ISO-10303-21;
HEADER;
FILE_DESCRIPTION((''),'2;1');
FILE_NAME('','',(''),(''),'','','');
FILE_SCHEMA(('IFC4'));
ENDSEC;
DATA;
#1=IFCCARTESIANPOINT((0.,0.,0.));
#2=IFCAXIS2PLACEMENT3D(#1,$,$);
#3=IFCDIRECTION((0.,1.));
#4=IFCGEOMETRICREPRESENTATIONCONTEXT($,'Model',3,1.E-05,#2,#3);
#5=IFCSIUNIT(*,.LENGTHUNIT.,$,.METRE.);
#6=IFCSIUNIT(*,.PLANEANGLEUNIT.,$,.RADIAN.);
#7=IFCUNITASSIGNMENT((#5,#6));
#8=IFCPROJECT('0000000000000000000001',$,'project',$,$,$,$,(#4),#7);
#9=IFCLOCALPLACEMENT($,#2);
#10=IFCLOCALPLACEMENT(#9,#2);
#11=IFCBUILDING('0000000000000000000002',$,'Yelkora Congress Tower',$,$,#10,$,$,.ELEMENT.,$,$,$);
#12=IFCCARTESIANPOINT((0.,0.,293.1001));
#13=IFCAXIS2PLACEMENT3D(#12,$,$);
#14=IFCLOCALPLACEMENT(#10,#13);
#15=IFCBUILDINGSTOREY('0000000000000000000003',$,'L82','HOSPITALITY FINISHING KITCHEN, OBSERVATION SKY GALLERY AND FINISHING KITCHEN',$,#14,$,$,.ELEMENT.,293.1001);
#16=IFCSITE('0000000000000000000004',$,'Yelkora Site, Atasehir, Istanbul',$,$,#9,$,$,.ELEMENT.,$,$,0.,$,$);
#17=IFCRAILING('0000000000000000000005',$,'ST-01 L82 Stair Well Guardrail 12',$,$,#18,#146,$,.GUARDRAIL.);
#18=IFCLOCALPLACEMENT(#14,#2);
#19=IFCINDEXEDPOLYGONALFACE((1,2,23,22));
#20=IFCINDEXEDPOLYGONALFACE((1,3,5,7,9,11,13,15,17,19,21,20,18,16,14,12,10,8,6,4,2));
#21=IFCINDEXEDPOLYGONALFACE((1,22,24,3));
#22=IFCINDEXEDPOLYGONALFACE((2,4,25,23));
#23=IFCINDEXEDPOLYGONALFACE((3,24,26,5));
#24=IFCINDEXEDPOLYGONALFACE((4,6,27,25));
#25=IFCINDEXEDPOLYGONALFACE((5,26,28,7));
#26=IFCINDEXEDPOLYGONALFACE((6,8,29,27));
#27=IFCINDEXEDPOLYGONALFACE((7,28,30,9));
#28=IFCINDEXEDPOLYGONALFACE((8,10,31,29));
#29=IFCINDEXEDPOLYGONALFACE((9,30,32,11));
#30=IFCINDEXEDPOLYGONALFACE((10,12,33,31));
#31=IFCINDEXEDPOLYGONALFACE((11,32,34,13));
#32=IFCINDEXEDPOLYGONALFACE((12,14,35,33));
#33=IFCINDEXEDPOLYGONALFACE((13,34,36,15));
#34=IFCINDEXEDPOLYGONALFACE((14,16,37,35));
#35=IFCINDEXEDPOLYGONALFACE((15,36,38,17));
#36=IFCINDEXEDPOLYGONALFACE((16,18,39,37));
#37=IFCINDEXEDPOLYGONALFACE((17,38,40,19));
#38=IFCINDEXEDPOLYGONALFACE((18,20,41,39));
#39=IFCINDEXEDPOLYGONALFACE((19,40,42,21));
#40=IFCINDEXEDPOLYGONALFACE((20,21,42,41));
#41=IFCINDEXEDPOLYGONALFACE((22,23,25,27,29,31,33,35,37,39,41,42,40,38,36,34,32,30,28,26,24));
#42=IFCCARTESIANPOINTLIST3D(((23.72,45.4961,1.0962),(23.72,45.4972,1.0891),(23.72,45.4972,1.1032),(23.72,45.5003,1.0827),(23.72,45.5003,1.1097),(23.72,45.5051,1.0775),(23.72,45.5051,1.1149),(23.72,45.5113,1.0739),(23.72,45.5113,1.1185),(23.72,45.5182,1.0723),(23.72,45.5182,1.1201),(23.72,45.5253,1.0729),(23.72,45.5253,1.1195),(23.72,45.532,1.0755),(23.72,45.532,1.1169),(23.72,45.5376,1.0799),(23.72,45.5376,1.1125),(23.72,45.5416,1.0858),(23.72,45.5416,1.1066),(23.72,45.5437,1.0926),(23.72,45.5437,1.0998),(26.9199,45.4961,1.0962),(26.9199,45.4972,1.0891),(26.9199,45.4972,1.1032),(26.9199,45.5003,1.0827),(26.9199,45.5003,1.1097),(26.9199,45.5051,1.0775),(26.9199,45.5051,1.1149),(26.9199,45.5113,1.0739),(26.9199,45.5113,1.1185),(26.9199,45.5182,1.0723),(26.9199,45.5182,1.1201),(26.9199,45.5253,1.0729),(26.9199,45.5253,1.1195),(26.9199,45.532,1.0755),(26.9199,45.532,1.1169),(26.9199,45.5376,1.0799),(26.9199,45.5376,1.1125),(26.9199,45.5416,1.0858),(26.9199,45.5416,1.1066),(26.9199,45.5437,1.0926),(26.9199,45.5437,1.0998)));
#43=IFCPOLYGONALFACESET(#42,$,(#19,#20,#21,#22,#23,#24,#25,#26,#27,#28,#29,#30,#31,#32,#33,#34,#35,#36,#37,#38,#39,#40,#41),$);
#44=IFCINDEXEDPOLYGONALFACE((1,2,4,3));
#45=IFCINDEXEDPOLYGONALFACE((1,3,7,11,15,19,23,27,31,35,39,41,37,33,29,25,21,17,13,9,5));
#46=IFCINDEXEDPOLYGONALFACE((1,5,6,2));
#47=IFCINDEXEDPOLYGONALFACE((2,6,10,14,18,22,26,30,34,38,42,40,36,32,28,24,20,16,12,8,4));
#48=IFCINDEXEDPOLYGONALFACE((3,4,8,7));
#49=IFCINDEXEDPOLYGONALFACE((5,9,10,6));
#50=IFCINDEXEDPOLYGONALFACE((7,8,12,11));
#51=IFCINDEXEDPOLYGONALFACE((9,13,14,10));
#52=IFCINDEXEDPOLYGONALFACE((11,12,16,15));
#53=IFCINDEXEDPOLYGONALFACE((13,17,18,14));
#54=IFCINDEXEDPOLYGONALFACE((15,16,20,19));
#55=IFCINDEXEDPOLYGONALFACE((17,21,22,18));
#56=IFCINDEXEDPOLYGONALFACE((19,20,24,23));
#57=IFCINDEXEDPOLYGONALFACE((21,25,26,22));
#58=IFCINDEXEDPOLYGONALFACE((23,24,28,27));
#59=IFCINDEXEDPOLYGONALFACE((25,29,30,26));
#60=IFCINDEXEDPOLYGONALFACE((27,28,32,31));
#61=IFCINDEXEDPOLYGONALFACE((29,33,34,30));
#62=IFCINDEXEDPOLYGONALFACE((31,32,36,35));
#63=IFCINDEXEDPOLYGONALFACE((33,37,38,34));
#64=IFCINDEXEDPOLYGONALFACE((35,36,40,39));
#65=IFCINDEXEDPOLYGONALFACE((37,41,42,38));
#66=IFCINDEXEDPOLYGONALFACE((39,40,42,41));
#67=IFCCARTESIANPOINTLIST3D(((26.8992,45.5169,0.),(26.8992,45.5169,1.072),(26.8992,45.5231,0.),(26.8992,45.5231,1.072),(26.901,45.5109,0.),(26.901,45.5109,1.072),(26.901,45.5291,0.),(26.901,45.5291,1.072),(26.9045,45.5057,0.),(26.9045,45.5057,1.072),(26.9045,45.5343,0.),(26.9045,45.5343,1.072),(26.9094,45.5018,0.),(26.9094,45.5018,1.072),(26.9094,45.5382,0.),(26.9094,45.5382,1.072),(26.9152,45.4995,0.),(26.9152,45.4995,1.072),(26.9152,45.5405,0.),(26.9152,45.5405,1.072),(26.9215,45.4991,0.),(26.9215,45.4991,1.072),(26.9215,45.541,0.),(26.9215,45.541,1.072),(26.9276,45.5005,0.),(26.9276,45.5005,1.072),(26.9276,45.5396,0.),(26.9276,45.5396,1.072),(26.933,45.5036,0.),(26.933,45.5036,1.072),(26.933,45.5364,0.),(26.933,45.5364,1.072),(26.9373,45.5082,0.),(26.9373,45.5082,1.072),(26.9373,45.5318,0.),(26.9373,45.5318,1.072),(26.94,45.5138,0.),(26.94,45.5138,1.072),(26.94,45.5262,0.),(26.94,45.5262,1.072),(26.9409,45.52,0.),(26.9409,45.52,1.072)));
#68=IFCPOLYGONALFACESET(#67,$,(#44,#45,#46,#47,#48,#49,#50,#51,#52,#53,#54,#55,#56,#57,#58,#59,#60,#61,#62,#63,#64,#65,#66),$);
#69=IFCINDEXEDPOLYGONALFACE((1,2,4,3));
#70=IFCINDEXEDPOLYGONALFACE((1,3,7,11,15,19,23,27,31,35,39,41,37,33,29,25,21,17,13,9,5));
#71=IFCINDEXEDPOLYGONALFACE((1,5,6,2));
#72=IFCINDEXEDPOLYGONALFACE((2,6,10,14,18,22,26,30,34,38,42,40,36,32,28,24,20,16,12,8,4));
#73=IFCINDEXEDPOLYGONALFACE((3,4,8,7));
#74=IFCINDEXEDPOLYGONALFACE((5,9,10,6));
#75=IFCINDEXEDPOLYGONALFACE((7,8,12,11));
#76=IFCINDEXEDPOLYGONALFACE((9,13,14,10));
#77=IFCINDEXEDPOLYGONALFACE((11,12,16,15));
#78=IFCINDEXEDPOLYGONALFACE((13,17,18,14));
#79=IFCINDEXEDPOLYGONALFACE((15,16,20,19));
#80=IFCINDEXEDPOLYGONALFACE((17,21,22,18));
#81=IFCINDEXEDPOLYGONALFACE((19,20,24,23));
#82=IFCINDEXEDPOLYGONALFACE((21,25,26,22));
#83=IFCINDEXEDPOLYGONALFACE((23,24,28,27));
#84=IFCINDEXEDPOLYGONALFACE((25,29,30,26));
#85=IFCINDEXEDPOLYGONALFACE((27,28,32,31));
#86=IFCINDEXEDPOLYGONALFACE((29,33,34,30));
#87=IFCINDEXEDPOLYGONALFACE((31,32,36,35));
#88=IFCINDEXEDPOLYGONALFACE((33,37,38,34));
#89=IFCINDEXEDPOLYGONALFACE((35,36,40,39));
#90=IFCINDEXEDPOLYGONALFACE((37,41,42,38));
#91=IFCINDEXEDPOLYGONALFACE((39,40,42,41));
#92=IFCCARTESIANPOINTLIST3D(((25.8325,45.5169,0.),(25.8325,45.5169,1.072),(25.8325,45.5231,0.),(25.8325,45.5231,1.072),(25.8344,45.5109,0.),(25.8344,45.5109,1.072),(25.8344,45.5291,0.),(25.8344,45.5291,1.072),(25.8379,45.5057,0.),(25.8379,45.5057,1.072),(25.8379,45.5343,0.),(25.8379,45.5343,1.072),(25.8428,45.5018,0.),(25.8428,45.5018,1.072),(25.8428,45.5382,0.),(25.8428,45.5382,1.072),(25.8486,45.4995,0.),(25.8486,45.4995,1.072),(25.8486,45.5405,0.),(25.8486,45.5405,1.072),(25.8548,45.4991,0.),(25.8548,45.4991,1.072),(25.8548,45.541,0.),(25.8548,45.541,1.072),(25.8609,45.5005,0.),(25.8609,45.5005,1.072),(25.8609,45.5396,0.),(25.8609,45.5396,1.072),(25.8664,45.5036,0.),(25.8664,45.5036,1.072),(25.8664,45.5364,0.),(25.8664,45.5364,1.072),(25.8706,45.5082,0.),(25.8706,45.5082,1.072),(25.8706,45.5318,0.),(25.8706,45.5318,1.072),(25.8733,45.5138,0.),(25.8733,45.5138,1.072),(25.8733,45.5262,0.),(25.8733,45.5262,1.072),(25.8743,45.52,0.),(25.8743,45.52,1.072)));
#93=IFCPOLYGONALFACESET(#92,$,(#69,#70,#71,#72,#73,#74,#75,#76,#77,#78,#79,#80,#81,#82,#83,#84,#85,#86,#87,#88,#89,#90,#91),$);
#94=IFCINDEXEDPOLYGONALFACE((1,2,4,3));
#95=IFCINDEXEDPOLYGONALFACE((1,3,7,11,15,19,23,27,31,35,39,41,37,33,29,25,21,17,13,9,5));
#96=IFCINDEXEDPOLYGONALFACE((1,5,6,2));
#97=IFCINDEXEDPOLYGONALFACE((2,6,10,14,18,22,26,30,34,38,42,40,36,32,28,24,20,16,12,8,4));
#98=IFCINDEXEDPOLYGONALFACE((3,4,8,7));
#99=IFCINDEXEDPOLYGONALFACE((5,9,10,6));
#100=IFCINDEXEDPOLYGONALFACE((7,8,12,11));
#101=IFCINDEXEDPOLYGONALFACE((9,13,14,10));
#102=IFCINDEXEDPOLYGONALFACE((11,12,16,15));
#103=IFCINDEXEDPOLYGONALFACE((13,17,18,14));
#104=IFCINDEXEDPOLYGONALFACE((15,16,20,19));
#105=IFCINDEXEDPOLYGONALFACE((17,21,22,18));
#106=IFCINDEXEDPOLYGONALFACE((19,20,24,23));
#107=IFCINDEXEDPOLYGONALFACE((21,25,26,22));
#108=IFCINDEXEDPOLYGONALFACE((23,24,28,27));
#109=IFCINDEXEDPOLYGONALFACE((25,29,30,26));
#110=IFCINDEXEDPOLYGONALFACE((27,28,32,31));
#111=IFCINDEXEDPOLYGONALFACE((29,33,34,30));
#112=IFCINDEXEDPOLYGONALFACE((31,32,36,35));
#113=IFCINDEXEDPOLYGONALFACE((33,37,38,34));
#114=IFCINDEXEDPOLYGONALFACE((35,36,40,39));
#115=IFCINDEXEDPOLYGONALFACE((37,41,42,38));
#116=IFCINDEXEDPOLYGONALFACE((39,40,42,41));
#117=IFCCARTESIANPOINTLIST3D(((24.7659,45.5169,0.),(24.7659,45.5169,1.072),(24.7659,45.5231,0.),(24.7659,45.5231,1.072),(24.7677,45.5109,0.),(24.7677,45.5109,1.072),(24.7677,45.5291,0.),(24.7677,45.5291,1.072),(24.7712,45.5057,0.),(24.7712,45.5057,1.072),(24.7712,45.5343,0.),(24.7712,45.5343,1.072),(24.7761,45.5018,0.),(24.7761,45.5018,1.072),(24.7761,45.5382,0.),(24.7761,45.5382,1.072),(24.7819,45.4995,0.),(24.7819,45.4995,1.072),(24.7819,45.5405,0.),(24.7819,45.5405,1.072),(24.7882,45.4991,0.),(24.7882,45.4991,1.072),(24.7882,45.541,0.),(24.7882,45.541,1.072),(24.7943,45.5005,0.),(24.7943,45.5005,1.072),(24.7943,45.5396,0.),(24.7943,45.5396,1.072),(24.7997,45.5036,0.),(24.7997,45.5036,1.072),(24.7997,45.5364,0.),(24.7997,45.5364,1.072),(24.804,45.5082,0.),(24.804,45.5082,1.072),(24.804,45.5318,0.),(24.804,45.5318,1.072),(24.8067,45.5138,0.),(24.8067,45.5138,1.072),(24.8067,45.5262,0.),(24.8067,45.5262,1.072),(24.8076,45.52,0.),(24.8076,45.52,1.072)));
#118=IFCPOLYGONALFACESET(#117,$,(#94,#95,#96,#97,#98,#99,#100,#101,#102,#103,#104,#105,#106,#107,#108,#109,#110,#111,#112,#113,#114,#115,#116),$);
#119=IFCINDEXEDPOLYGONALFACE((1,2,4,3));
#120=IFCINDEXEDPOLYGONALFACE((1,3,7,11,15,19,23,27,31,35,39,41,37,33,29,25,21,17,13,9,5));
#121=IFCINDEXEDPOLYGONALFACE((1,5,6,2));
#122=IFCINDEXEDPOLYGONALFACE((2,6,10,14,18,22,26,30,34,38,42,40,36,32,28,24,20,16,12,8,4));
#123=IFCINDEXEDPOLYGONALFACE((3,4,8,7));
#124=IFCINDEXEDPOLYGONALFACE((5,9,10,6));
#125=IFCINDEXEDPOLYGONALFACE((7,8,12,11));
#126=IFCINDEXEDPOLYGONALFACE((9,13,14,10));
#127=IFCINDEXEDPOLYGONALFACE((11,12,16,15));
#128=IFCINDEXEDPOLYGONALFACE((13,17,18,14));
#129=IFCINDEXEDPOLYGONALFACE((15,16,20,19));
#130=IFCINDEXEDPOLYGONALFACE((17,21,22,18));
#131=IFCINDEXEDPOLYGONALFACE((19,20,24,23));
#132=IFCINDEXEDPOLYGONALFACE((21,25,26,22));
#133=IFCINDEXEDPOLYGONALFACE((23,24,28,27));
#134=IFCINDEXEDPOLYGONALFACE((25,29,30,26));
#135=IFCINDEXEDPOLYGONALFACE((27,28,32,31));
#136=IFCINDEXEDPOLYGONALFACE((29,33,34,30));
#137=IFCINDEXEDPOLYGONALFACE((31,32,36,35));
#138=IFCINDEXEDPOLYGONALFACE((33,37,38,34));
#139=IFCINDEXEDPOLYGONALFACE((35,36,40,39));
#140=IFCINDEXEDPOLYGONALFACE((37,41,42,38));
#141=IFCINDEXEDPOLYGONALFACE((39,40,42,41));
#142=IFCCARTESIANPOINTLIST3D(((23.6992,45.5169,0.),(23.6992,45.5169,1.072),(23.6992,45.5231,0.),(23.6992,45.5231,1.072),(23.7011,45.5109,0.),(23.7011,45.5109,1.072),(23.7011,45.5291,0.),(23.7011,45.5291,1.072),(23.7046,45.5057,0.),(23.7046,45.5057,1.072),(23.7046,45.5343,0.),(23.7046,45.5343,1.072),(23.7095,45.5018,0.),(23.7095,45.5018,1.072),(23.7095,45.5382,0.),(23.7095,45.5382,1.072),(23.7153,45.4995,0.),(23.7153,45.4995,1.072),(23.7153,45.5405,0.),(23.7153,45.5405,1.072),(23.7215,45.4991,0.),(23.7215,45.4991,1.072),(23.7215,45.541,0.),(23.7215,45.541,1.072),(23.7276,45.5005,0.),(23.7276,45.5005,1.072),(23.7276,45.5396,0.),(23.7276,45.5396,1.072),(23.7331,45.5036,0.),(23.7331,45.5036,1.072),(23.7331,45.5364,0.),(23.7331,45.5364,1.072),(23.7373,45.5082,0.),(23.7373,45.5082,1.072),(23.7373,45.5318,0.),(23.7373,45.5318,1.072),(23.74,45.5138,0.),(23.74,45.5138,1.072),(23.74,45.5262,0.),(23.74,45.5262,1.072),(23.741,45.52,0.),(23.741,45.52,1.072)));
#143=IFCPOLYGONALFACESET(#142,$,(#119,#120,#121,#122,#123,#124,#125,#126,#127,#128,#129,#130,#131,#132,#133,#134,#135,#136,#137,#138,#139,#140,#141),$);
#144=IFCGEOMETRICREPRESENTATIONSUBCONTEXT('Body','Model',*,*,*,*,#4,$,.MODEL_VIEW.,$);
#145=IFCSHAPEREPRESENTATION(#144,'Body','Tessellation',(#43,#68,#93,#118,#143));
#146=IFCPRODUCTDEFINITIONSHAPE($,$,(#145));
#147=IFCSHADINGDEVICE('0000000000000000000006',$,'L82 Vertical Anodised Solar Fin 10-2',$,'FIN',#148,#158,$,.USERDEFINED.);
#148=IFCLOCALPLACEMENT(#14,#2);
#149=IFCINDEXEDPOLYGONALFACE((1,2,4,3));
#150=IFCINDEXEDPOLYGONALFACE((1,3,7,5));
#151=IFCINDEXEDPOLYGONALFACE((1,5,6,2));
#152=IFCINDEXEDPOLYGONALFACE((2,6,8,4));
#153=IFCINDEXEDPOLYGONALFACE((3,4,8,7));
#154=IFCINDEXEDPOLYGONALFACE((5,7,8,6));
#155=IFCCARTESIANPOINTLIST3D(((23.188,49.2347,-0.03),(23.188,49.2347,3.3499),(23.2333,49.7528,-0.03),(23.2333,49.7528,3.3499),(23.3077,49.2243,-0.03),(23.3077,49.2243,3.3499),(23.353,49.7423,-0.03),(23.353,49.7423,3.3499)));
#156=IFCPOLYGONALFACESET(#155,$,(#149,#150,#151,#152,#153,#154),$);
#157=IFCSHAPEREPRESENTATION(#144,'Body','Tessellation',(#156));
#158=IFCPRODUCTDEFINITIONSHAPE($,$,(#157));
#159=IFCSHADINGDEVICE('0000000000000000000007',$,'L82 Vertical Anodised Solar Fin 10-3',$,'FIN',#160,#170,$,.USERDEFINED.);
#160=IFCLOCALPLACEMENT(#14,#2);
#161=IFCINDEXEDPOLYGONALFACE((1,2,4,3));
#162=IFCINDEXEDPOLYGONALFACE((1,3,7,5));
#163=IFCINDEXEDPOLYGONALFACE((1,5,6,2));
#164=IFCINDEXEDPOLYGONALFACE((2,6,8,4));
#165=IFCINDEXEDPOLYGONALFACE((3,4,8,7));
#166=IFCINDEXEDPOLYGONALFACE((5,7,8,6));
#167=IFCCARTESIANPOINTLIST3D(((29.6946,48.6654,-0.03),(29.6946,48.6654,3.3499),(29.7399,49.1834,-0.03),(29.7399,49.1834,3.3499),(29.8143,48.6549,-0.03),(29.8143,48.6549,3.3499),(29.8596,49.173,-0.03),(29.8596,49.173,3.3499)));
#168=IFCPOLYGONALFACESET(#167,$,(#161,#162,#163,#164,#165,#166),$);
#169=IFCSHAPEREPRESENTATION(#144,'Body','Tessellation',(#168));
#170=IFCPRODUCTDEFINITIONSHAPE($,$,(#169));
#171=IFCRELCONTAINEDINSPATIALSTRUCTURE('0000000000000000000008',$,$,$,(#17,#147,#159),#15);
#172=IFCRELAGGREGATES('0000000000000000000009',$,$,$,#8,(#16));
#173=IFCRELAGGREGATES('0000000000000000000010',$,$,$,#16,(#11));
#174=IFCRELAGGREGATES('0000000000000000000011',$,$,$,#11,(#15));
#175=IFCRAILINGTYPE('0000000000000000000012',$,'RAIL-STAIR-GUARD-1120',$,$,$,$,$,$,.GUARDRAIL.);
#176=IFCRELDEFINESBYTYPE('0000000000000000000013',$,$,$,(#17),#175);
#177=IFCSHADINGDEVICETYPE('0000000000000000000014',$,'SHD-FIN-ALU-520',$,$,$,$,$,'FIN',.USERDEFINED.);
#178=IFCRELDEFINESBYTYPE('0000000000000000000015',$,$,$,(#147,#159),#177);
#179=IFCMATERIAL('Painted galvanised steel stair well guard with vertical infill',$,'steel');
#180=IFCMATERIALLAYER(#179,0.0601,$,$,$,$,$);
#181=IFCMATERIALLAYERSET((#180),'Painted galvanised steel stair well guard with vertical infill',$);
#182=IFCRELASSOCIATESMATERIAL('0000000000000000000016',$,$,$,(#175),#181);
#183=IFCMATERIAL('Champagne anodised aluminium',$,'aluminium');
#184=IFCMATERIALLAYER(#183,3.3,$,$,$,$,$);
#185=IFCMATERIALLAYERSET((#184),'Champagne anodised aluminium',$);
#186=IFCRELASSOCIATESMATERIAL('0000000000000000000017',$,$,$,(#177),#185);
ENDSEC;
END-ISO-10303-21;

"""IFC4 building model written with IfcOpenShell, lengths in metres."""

from ifc_helpers import new_model, si_unit, direction, frame, origin, origin_2d, place, context, subcontext, project, spatial, rectangle, circle, extrude, material, layer, layer_set, type_object, element, save


model = new_model("IFC4")

# Units and contexts
model_context = context("Model", 3, precision=1e-05, world=origin(), true_north=direction((0.0, 1.0)))
body_context = subcontext(model_context, "Body", "Model", "MODEL_VIEW")
ifc_project = project(units=[si_unit("LENGTHUNIT", "METRE"), si_unit("PLANEANGLEUNIT", "RADIAN")], contexts=[model_context])

# Site, building, storey
site_placement = place(None, origin())
site = spatial("IfcSite", under=ifc_project, at=site_placement, Name="Yelkora Site, Atasehir, Istanbul", CompositionType="ELEMENT", RefElevation=0.0)
building_placement = place(site_placement, origin())
building = spatial("IfcBuilding", under=site, at=building_placement, Name="Yelkora Congress Tower", CompositionType="ELEMENT")
storey_placement = place(building_placement, frame((0.0, 0.0, 293.1001)))
storey = spatial("IfcBuildingStorey", under=building, at=storey_placement, Name="L82", Description="HOSPITALITY FINISHING KITCHEN, OBSERVATION SKY GALLERY AND FINISHING KITCHEN", CompositionType="ELEMENT", Elevation=293.1001)

# Railing
ifc_material_1 = material(Name="Painted galvanised steel stair well guard with vertical infill", Category="steel")
ifc_layer_1 = layer(ifc_material_1, 0.0601)
ifc_layer_set_1 = layer_set([ifc_layer_1], Name="Painted galvanised steel stair well guard with vertical infill")
railing_type = type_object("IfcRailingType", Name="RAIL-STAIR-GUARD-1120", PredefinedType="GUARDRAIL", material=ifc_layer_set_1)
railing_1_placement = place(storey_placement, frame((26.9199, 45.52, 0.0)))
element("IfcRailing", 1, at=railing_1_placement, inside=storey, type_object=railing_type, Name="ST-01 L82 Stair Well Guardrail 12", PredefinedType="GUARDRAIL", context=body_context, shape_type="SweptSolid", body=[
    extrude(circle(Radius=0.0239, at=origin_2d()), frame((0.0, 0.0, 1.0962), z_axis=(-1.0, 0.0, 0.0), x_axis=(0.0, -1.0, 0.0)), (0.0, 0.0, 1.0), 3.2),
    extrude(circle(Radius=0.021, at=origin_2d()), origin(), (0.0, 0.0, 1.0), 1.072),
    extrude(circle(Radius=0.021, at=origin_2d()), frame((-1.0667, 0.0, 0.0)), (0.0, 0.0, 1.0), 1.072),
    extrude(circle(Radius=0.021, at=origin_2d()), frame((-2.1333, 0.0, 0.0)), (0.0, 0.0, 1.0), 1.072),
    extrude(circle(Radius=0.021, at=origin_2d()), frame((-3.2, 0.0, 0.0)), (0.0, 0.0, 1.0), 1.072),
])

# Shading devices
ifc_material_2 = material(Name="Champagne anodised aluminium", Category="aluminium")
ifc_layer_2 = layer(ifc_material_2, 3.3)
ifc_layer_set_2 = layer_set([ifc_layer_2], Name="Champagne anodised aluminium")
shading_device_type = type_object("IfcShadingDeviceType", Name="SHD-FIN-ALU-520", ElementType="FIN", PredefinedType="USERDEFINED", material=ifc_layer_set_2)
for number, where, z_axis, x_axis, name in (
    (2, (23.2705, 49.4885, -0.03), (0.0, 0.0, 1.0), (0.996195, -0.087156, 0.0), "L82 Vertical Anodised Solar Fin 10-2"),
    (3, (29.7771, 48.9192, -0.03), (0.0, 0.0, 1.0), (0.996195, -0.087156, 0.0), "L82 Vertical Anodised Solar Fin 10-3"),
):
    element("IfcShadingDevice", number, at=place(storey_placement, frame(where, z_axis=z_axis, x_axis=x_axis)), inside=storey, type_object=shading_device_type, Name=name, ObjectType="FIN", PredefinedType="USERDEFINED", context=body_context, shape_type="SweptSolid", body=[
        extrude(rectangle(XDim=0.1201, YDim=0.52, at=origin_2d()), origin(), (0.0, 0.0, 1.0), 3.3799),
    ])

save(model, "model.ifc")
